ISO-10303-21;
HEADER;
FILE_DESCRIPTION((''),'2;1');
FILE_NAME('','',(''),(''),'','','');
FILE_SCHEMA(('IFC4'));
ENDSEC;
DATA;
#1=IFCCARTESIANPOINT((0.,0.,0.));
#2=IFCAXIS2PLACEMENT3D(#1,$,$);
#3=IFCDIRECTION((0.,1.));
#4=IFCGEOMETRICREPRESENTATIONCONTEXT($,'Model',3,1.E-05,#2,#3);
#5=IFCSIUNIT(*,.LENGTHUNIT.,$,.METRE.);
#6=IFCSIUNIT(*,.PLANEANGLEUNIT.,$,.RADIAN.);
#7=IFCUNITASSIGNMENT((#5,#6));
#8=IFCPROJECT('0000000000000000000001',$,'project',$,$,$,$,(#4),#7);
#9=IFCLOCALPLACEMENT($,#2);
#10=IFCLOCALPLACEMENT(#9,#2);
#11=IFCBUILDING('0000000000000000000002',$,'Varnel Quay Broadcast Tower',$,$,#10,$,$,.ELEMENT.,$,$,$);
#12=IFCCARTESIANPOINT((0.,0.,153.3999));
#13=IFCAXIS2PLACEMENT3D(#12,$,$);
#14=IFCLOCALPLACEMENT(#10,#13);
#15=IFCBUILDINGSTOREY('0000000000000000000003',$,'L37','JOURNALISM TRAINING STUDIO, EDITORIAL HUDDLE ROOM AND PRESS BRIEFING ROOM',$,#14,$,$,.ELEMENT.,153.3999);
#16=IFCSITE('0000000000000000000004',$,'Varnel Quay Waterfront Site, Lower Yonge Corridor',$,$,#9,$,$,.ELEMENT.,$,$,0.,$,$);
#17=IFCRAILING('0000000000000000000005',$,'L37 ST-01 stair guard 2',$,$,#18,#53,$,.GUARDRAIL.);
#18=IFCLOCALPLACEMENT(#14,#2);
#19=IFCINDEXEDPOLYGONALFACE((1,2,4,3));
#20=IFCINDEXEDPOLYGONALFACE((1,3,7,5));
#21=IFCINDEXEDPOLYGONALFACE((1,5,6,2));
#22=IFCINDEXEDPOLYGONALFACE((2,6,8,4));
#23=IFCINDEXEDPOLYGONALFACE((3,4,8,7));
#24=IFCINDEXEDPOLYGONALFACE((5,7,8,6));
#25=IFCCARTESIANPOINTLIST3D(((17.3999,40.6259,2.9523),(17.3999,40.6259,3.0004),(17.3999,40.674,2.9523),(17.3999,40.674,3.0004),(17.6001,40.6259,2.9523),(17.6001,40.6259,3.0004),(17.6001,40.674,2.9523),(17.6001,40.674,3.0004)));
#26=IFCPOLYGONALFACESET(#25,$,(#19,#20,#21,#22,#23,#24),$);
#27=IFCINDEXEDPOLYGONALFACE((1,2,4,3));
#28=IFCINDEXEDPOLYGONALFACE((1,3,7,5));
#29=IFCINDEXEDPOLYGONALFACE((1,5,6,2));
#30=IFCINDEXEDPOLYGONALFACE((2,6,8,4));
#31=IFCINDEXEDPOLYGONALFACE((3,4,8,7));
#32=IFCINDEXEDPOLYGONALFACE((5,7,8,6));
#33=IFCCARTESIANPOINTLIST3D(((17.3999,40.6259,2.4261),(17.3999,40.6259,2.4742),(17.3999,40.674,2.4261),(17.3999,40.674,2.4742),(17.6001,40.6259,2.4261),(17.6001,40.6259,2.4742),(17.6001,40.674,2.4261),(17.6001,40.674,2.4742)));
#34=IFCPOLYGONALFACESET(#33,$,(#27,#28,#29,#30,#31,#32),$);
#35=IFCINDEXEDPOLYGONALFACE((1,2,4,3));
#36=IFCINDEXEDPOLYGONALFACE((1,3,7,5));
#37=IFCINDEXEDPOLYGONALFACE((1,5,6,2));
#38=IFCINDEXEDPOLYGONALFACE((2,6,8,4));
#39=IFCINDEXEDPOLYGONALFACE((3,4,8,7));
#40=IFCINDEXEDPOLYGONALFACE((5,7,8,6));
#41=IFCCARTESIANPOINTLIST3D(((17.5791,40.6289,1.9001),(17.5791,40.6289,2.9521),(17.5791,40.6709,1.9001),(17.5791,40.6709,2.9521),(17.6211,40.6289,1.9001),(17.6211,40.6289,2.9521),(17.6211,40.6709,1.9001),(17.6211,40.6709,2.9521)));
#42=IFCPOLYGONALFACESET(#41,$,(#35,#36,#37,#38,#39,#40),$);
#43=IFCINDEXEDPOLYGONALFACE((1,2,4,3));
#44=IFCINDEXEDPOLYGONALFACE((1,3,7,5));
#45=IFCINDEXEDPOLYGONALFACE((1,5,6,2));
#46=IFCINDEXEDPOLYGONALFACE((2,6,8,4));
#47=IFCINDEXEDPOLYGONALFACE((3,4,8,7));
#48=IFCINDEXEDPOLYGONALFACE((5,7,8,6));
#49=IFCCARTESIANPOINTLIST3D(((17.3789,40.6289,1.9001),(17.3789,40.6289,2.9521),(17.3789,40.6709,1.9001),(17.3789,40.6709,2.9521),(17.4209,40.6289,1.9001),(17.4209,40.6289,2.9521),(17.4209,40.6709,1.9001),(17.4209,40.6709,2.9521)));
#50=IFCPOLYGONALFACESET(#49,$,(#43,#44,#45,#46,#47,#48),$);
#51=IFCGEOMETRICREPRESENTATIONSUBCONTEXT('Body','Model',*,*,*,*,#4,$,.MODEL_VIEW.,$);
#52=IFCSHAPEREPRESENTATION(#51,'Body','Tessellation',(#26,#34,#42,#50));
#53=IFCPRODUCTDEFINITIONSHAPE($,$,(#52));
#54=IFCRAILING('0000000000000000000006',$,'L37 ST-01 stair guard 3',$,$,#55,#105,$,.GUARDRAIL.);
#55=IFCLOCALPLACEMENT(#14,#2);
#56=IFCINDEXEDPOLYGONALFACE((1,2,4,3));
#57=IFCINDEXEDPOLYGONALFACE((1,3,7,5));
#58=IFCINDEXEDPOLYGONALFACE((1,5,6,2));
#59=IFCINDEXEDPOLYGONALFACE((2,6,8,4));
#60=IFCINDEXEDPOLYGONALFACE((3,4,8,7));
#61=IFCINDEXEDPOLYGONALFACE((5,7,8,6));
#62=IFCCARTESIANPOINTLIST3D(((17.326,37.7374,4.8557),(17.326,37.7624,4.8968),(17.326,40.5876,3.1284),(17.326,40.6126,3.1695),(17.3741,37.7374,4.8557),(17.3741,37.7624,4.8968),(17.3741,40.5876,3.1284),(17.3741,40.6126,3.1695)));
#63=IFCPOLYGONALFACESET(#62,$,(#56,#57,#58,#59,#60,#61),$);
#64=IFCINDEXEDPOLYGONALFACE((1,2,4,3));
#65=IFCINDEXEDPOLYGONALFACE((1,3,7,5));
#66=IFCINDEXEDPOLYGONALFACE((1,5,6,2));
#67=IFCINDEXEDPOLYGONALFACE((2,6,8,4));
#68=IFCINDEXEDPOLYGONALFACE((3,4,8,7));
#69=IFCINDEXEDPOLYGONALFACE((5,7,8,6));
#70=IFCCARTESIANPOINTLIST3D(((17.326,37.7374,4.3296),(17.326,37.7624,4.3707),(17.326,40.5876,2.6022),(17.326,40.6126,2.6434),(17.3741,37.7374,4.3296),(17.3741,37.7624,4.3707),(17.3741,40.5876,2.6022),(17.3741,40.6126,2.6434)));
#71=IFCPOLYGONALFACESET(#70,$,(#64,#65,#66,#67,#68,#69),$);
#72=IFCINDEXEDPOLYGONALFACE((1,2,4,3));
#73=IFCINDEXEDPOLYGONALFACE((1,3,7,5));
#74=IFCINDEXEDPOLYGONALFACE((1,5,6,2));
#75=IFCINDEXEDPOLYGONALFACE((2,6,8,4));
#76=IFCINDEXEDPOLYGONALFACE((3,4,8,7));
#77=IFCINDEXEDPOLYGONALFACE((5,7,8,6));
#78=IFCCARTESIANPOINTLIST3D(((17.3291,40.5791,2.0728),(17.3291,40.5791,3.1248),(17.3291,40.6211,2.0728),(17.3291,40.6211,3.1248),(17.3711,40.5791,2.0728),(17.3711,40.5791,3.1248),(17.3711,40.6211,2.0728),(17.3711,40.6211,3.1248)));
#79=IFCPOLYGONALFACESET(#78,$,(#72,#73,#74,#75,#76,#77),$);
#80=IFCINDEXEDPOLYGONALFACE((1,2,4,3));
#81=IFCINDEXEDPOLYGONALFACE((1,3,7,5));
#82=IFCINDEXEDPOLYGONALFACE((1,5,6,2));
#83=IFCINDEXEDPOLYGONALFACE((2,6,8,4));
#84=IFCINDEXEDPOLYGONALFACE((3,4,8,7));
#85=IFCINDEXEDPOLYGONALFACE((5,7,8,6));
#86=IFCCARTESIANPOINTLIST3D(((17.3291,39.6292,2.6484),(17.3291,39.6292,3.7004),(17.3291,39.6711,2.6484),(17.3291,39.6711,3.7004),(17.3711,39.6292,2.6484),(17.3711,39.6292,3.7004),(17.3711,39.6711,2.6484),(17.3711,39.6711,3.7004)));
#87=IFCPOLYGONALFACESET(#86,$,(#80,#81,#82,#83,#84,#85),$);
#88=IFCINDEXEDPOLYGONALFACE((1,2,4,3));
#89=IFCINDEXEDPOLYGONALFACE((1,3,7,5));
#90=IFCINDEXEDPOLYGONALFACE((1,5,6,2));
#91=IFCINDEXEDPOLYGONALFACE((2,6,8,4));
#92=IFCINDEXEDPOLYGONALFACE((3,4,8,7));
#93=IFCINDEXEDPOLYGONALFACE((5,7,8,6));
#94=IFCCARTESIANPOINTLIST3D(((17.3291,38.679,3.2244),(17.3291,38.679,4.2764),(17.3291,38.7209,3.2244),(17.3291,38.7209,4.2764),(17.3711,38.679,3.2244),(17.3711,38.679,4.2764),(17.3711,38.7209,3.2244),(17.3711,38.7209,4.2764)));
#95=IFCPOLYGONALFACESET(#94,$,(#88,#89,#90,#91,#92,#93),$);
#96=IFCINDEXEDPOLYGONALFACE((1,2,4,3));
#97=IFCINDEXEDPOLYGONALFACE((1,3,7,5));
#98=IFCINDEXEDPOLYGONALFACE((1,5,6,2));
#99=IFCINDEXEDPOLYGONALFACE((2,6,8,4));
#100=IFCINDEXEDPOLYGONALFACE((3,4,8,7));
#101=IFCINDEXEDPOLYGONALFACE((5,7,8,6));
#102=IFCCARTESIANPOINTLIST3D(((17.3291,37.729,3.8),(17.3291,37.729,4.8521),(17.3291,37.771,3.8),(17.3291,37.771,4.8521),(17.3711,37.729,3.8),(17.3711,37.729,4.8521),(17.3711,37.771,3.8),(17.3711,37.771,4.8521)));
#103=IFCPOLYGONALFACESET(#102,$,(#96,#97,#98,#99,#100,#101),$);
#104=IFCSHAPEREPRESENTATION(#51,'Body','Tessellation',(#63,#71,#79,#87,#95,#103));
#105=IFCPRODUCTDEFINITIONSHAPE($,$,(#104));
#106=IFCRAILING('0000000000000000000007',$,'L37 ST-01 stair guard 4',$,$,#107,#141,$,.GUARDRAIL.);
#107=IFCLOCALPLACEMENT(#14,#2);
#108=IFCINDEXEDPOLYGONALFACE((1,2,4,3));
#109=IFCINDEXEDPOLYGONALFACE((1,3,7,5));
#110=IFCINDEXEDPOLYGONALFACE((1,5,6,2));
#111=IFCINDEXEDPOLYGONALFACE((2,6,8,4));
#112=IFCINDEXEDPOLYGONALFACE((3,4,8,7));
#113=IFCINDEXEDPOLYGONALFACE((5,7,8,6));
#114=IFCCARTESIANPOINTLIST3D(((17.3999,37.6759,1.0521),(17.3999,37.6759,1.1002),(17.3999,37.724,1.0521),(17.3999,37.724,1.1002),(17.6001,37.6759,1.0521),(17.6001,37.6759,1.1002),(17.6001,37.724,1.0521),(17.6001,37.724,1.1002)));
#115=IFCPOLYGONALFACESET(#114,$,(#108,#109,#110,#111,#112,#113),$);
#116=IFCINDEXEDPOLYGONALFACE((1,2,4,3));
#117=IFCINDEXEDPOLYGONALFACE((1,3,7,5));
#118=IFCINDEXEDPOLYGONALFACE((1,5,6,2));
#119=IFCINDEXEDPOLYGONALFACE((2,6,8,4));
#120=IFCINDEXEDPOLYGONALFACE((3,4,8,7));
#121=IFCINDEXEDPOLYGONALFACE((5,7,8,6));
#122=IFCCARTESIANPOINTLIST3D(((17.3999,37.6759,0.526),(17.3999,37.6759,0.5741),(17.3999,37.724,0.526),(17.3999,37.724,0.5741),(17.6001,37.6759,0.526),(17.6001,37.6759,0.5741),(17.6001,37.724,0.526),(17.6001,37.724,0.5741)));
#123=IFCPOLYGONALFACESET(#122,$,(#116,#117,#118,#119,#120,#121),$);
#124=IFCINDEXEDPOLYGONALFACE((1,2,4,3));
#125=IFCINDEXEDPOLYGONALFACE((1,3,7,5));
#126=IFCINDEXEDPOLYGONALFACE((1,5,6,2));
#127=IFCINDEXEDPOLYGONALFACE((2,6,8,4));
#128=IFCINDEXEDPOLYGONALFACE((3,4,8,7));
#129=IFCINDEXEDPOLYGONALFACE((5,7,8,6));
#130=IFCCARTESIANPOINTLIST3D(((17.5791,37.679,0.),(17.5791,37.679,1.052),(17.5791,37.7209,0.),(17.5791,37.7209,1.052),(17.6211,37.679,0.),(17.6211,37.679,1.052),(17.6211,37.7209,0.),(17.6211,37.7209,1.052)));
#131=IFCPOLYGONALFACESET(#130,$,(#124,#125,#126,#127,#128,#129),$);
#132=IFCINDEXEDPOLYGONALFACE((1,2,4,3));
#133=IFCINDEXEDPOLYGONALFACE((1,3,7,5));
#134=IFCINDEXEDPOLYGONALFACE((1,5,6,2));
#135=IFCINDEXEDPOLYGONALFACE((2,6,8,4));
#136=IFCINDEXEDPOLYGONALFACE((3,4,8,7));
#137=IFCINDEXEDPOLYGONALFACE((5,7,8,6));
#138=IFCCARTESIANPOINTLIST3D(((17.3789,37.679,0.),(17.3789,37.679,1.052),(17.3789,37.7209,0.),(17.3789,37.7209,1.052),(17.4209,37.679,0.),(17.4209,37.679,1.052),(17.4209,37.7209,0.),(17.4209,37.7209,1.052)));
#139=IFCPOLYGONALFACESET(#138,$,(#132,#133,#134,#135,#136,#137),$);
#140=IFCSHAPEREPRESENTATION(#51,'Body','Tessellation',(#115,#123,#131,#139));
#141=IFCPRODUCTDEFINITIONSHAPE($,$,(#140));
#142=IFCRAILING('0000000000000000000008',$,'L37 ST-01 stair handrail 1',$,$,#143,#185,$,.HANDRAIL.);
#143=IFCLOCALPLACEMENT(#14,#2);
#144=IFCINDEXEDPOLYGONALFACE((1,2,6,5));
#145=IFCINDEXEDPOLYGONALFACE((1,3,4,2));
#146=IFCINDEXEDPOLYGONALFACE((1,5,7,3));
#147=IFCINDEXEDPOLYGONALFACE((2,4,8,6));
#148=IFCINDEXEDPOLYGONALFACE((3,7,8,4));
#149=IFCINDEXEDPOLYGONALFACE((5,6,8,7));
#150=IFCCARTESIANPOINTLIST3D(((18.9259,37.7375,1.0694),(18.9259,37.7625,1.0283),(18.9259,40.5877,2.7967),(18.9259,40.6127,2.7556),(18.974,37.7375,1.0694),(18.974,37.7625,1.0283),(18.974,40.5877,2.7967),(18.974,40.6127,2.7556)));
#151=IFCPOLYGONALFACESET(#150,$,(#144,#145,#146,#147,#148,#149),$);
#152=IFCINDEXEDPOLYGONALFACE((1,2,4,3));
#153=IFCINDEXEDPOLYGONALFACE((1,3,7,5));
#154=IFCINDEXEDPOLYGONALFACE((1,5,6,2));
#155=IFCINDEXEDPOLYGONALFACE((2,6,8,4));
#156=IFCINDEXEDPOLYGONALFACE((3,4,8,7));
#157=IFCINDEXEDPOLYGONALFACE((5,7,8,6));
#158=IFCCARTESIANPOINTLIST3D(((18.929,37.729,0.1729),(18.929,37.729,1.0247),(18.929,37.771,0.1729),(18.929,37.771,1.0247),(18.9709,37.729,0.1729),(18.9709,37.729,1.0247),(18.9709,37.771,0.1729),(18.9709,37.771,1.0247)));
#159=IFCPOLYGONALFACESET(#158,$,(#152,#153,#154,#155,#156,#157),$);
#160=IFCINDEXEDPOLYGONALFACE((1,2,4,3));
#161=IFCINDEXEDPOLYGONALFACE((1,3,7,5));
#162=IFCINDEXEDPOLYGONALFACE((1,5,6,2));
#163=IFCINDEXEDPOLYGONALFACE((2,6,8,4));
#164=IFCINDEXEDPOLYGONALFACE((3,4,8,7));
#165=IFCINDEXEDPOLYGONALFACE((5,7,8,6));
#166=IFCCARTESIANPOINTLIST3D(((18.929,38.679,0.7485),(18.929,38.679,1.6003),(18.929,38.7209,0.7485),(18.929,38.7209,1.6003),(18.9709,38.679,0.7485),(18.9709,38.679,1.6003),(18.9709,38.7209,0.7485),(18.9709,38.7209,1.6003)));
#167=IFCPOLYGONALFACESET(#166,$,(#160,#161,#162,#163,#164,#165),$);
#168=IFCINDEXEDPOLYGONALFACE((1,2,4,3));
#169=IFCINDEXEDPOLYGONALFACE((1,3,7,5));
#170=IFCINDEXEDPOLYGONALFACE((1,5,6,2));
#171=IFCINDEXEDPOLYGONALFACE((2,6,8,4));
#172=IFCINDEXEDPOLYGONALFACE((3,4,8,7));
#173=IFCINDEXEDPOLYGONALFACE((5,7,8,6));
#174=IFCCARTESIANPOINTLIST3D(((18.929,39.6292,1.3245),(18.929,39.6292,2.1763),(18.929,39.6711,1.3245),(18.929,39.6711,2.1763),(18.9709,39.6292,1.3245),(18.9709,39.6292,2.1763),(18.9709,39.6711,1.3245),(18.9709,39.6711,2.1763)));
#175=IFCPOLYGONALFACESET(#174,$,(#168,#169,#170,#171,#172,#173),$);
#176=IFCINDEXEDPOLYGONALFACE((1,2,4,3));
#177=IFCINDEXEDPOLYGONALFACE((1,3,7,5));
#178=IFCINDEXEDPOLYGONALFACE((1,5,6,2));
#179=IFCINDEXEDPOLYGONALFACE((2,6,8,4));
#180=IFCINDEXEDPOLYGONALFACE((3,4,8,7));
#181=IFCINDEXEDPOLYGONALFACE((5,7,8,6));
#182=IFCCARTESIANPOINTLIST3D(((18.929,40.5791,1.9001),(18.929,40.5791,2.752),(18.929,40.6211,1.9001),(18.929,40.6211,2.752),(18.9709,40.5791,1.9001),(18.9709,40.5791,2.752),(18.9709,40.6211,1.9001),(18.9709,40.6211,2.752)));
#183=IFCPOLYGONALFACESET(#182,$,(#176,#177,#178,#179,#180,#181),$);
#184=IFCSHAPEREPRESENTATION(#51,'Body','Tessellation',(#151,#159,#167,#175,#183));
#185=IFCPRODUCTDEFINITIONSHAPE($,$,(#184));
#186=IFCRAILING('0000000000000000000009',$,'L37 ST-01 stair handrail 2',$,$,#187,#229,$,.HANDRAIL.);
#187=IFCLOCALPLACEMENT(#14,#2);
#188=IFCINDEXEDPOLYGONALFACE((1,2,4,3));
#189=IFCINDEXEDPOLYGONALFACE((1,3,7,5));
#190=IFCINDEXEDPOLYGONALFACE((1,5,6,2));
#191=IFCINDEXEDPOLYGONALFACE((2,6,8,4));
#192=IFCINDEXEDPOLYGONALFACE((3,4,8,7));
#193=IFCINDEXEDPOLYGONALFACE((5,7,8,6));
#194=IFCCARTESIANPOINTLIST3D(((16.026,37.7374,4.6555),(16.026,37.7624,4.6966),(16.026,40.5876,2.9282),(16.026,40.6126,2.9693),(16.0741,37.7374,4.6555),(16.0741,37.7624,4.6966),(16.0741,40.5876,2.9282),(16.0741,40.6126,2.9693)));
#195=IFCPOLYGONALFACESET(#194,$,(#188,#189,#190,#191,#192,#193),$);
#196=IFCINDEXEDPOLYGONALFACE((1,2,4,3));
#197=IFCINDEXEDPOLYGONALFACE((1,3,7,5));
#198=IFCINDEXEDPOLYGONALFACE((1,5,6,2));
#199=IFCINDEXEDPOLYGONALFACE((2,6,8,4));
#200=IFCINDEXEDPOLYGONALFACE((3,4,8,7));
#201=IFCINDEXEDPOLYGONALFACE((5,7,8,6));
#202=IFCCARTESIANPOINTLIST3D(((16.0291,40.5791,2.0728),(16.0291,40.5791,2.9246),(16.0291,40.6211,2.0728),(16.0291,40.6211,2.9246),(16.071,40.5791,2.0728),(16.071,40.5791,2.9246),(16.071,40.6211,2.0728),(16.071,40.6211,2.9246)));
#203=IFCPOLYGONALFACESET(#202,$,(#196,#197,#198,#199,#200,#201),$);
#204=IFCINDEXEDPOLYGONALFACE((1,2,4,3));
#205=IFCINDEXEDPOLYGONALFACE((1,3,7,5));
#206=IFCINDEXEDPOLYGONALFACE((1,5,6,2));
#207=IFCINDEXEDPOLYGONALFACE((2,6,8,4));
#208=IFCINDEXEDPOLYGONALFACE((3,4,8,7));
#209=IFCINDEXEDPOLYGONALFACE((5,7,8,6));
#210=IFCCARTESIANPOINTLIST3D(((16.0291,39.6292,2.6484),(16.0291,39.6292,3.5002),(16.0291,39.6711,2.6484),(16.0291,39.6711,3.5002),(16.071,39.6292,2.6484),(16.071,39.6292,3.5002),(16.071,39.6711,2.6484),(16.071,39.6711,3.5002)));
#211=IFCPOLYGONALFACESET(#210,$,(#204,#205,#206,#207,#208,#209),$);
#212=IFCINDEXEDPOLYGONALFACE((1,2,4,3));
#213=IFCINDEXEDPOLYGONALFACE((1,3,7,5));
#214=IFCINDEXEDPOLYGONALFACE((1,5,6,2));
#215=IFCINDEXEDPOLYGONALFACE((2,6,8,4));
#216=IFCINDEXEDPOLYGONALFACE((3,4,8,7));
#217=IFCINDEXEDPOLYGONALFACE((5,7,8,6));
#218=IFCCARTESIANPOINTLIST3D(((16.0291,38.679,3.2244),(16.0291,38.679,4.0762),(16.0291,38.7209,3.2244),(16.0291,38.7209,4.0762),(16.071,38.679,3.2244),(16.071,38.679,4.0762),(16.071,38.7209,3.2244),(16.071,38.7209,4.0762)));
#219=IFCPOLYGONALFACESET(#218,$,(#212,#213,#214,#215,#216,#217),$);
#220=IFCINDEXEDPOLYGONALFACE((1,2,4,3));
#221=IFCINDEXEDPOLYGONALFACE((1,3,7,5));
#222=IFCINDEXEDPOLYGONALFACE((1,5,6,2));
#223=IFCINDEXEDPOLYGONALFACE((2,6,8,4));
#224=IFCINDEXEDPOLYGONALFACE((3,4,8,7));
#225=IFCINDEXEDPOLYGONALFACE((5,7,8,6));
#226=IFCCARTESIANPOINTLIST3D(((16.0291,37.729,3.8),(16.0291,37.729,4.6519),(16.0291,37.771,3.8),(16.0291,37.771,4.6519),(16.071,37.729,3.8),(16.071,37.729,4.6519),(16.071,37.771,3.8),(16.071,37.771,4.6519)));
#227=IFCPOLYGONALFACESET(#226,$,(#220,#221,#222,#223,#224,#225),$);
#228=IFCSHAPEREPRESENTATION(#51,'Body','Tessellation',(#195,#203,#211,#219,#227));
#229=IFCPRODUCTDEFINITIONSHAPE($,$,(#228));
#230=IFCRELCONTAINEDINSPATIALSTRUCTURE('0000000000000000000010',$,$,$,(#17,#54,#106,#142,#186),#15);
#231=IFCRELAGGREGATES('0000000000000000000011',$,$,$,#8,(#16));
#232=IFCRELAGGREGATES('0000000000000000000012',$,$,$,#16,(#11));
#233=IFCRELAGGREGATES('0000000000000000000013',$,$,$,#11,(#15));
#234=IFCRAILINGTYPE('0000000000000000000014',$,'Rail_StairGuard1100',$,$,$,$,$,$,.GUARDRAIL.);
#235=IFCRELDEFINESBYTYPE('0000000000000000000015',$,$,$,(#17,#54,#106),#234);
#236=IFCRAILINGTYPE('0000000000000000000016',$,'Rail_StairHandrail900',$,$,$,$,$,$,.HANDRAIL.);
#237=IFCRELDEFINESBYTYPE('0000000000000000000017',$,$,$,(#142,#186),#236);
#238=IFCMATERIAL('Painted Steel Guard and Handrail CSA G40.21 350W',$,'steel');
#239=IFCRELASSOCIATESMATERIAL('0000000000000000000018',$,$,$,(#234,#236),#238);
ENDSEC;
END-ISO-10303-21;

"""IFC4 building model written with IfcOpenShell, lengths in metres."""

from ifc_helpers import new_model, si_unit, direction, frame, origin, origin_2d, place, context, subcontext, project, spatial, rectangle, extrude, material, type_object, element, save


model = new_model("IFC4")

# Units and contexts
model_context = context("Model", 3, precision=1e-05, world=origin(), true_north=direction((0.0, 1.0)))
body_context = subcontext(model_context, "Body", "Model", "MODEL_VIEW")
ifc_project = project(units=[si_unit("LENGTHUNIT", "METRE"), si_unit("PLANEANGLEUNIT", "RADIAN")], contexts=[model_context])

# Site, building, storey
site_placement = place(None, origin())
site = spatial("IfcSite", under=ifc_project, at=site_placement, Name="Varnel Quay Waterfront Site, Lower Yonge Corridor", CompositionType="ELEMENT", RefElevation=0.0)
building_placement = place(site_placement, origin())
building = spatial("IfcBuilding", under=site, at=building_placement, Name="Varnel Quay Broadcast Tower", CompositionType="ELEMENT")
storey_placement = place(building_placement, frame((0.0, 0.0, 153.3999)))
storey = spatial("IfcBuildingStorey", under=building, at=storey_placement, Name="L37", Description="JOURNALISM TRAINING STUDIO, EDITORIAL HUDDLE ROOM AND PRESS BRIEFING ROOM", CompositionType="ELEMENT", Elevation=153.3999)

# Railings
ifc_material_1 = material(Name="Painted Steel Guard and Handrail CSA G40.21 350W", Category="steel")
railing_type_1 = type_object("IfcRailingType", Name="Rail_StairGuard1100", PredefinedType="GUARDRAIL", material=ifc_material_1)
railing_1_placement = place(storey_placement, frame((17.6001, 40.6499, 1.9001)))
element("IfcRailing", 1, at=railing_1_placement, inside=storey, type_object=railing_type_1, Name="L37 ST-01 stair guard 2", PredefinedType="GUARDRAIL", context=body_context, shape_type="SweptSolid", body=[
    extrude(rectangle(XDim=0.0481, YDim=0.0481, at=origin_2d()), frame((0.0, 0.0, 1.0762), z_axis=(-1.0, 0.0, 0.0), x_axis=(0.0, -1.0, 0.0)), (0.0, 0.0, 1.0), 0.2002),
    extrude(rectangle(XDim=0.0481, YDim=0.0481, at=origin_2d()), frame((0.0, 0.0, 0.55), z_axis=(-1.0, 0.0, 0.0), x_axis=(0.0, -1.0, 0.0)), (0.0, 0.0, 1.0), 0.2002),
    extrude(rectangle(XDim=0.042, YDim=0.042, at=origin_2d()), origin(), (0.0, 0.0, 1.0), 1.052),
    extrude(rectangle(XDim=0.042, YDim=0.042, at=origin_2d()), frame((-0.2002, 0.0, 0.0)), (0.0, 0.0, 1.0), 1.052),
])
railing_2_placement = place(storey_placement, frame((17.3501, 40.6001, 2.0728)))
element("IfcRailing", 2, at=railing_2_placement, inside=storey, type_object=railing_type_1, Name="L37 ST-01 stair guard 3", PredefinedType="GUARDRAIL", context=body_context, shape_type="SweptSolid", body=[
    extrude(rectangle(XDim=0.0481, YDim=0.0481, at=origin_2d()), frame((0.0, 0.0, 1.0762), z_axis=(0.0, -0.855203, 0.518294), x_axis=(1.0, 0.0, 0.0)), (0.0, 0.0, 1.0), 3.3328),
    extrude(rectangle(XDim=0.0481, YDim=0.0481, at=origin_2d()), frame((0.0, 0.0, 0.55), z_axis=(0.0, -0.855203, 0.518294), x_axis=(1.0, 0.0, 0.0)), (0.0, 0.0, 1.0), 3.3328),
    extrude(rectangle(XDim=0.042, YDim=0.042, at=origin_2d()), origin(), (0.0, 0.0, 1.0), 1.052),
    extrude(rectangle(XDim=0.042, YDim=0.042, at=origin_2d()), frame((0.0, -0.95, 0.5757)), (0.0, 0.0, 1.0), 1.052),
    extrude(rectangle(XDim=0.042, YDim=0.042, at=origin_2d()), frame((0.0, -1.9001, 1.1516)), (0.0, 0.0, 1.0), 1.052),
    extrude(rectangle(XDim=0.042, YDim=0.042, at=origin_2d()), frame((0.0, -2.8501, 1.7273)), (0.0, 0.0, 1.0), 1.052),
])
railing_3_placement = place(storey_placement, frame((17.6001, 37.7, 0.0)))
element("IfcRailing", 3, at=railing_3_placement, inside=storey, type_object=railing_type_1, Name="L37 ST-01 stair guard 4", PredefinedType="GUARDRAIL", context=body_context, shape_type="SweptSolid", body=[
    extrude(rectangle(XDim=0.0481, YDim=0.0481, at=origin_2d()), frame((0.0, 0.0, 1.0762), z_axis=(-1.0, 0.0, 0.0), x_axis=(0.0, -1.0, 0.0)), (0.0, 0.0, 1.0), 0.2002),
    extrude(rectangle(XDim=0.0481, YDim=0.0481, at=origin_2d()), frame((0.0, 0.0, 0.55), z_axis=(-1.0, 0.0, 0.0), x_axis=(0.0, -1.0, 0.0)), (0.0, 0.0, 1.0), 0.2002),
    extrude(rectangle(XDim=0.042, YDim=0.042, at=origin_2d()), origin(), (0.0, 0.0, 1.0), 1.052),
    extrude(rectangle(XDim=0.042, YDim=0.042, at=origin_2d()), frame((-0.2002, 0.0, 0.0)), (0.0, 0.0, 1.0), 1.052),
])
railing_type_2 = type_object("IfcRailingType", Name="Rail_StairHandrail900", PredefinedType="HANDRAIL", material=ifc_material_1)
railing_4_placement = place(storey_placement, frame((18.95, 37.75, 0.1729)))
element("IfcRailing", 4, at=railing_4_placement, inside=storey, type_object=railing_type_2, Name="L37 ST-01 stair handrail 1", PredefinedType="HANDRAIL", context=body_context, shape_type="SweptSolid", body=[
    extrude(rectangle(XDim=0.0481, YDim=0.0481, at=origin_2d()), frame((0.0, 0.0, 0.876), z_axis=(0.0, 0.855203, 0.518294), x_axis=(-1.0, 0.0, 0.0)), (0.0, 0.0, 1.0), 3.3328),
    extrude(rectangle(XDim=0.042, YDim=0.042, at=origin_2d()), origin(), (0.0, 0.0, 1.0), 0.8518),
    extrude(rectangle(XDim=0.042, YDim=0.042, at=origin_2d()), frame((0.0, 0.95, 0.5757)), (0.0, 0.0, 1.0), 0.8518),
    extrude(rectangle(XDim=0.042, YDim=0.042, at=origin_2d()), frame((0.0, 1.9001, 1.1516)), (0.0, 0.0, 1.0), 0.8518),
    extrude(rectangle(XDim=0.042, YDim=0.042, at=origin_2d()), frame((0.0, 2.8501, 1.7273)), (0.0, 0.0, 1.0), 0.8518),
])
railing_5_placement = place(storey_placement, frame((16.05, 40.6001, 2.0728)))
element("IfcRailing", 5, at=railing_5_placement, inside=storey, type_object=railing_type_2, Name="L37 ST-01 stair handrail 2", PredefinedType="HANDRAIL", context=body_context, shape_type="SweptSolid", body=[
    extrude(rectangle(XDim=0.0481, YDim=0.0481, at=origin_2d()), frame((0.0, 0.0, 0.876), z_axis=(0.0, -0.855203, 0.518294), x_axis=(1.0, 0.0, 0.0)), (0.0, 0.0, 1.0), 3.3328),
    extrude(rectangle(XDim=0.042, YDim=0.042, at=origin_2d()), origin(), (0.0, 0.0, 1.0), 0.8518),
    extrude(rectangle(XDim=0.042, YDim=0.042, at=origin_2d()), frame((0.0, -0.95, 0.5757)), (0.0, 0.0, 1.0), 0.8518),
    extrude(rectangle(XDim=0.042, YDim=0.042, at=origin_2d()), frame((0.0, -1.9001, 1.1516)), (0.0, 0.0, 1.0), 0.8518),
    extrude(rectangle(XDim=0.042, YDim=0.042, at=origin_2d()), frame((0.0, -2.8501, 1.7273)), (0.0, 0.0, 1.0), 0.8518),
])

save(model, "model.ifc")
